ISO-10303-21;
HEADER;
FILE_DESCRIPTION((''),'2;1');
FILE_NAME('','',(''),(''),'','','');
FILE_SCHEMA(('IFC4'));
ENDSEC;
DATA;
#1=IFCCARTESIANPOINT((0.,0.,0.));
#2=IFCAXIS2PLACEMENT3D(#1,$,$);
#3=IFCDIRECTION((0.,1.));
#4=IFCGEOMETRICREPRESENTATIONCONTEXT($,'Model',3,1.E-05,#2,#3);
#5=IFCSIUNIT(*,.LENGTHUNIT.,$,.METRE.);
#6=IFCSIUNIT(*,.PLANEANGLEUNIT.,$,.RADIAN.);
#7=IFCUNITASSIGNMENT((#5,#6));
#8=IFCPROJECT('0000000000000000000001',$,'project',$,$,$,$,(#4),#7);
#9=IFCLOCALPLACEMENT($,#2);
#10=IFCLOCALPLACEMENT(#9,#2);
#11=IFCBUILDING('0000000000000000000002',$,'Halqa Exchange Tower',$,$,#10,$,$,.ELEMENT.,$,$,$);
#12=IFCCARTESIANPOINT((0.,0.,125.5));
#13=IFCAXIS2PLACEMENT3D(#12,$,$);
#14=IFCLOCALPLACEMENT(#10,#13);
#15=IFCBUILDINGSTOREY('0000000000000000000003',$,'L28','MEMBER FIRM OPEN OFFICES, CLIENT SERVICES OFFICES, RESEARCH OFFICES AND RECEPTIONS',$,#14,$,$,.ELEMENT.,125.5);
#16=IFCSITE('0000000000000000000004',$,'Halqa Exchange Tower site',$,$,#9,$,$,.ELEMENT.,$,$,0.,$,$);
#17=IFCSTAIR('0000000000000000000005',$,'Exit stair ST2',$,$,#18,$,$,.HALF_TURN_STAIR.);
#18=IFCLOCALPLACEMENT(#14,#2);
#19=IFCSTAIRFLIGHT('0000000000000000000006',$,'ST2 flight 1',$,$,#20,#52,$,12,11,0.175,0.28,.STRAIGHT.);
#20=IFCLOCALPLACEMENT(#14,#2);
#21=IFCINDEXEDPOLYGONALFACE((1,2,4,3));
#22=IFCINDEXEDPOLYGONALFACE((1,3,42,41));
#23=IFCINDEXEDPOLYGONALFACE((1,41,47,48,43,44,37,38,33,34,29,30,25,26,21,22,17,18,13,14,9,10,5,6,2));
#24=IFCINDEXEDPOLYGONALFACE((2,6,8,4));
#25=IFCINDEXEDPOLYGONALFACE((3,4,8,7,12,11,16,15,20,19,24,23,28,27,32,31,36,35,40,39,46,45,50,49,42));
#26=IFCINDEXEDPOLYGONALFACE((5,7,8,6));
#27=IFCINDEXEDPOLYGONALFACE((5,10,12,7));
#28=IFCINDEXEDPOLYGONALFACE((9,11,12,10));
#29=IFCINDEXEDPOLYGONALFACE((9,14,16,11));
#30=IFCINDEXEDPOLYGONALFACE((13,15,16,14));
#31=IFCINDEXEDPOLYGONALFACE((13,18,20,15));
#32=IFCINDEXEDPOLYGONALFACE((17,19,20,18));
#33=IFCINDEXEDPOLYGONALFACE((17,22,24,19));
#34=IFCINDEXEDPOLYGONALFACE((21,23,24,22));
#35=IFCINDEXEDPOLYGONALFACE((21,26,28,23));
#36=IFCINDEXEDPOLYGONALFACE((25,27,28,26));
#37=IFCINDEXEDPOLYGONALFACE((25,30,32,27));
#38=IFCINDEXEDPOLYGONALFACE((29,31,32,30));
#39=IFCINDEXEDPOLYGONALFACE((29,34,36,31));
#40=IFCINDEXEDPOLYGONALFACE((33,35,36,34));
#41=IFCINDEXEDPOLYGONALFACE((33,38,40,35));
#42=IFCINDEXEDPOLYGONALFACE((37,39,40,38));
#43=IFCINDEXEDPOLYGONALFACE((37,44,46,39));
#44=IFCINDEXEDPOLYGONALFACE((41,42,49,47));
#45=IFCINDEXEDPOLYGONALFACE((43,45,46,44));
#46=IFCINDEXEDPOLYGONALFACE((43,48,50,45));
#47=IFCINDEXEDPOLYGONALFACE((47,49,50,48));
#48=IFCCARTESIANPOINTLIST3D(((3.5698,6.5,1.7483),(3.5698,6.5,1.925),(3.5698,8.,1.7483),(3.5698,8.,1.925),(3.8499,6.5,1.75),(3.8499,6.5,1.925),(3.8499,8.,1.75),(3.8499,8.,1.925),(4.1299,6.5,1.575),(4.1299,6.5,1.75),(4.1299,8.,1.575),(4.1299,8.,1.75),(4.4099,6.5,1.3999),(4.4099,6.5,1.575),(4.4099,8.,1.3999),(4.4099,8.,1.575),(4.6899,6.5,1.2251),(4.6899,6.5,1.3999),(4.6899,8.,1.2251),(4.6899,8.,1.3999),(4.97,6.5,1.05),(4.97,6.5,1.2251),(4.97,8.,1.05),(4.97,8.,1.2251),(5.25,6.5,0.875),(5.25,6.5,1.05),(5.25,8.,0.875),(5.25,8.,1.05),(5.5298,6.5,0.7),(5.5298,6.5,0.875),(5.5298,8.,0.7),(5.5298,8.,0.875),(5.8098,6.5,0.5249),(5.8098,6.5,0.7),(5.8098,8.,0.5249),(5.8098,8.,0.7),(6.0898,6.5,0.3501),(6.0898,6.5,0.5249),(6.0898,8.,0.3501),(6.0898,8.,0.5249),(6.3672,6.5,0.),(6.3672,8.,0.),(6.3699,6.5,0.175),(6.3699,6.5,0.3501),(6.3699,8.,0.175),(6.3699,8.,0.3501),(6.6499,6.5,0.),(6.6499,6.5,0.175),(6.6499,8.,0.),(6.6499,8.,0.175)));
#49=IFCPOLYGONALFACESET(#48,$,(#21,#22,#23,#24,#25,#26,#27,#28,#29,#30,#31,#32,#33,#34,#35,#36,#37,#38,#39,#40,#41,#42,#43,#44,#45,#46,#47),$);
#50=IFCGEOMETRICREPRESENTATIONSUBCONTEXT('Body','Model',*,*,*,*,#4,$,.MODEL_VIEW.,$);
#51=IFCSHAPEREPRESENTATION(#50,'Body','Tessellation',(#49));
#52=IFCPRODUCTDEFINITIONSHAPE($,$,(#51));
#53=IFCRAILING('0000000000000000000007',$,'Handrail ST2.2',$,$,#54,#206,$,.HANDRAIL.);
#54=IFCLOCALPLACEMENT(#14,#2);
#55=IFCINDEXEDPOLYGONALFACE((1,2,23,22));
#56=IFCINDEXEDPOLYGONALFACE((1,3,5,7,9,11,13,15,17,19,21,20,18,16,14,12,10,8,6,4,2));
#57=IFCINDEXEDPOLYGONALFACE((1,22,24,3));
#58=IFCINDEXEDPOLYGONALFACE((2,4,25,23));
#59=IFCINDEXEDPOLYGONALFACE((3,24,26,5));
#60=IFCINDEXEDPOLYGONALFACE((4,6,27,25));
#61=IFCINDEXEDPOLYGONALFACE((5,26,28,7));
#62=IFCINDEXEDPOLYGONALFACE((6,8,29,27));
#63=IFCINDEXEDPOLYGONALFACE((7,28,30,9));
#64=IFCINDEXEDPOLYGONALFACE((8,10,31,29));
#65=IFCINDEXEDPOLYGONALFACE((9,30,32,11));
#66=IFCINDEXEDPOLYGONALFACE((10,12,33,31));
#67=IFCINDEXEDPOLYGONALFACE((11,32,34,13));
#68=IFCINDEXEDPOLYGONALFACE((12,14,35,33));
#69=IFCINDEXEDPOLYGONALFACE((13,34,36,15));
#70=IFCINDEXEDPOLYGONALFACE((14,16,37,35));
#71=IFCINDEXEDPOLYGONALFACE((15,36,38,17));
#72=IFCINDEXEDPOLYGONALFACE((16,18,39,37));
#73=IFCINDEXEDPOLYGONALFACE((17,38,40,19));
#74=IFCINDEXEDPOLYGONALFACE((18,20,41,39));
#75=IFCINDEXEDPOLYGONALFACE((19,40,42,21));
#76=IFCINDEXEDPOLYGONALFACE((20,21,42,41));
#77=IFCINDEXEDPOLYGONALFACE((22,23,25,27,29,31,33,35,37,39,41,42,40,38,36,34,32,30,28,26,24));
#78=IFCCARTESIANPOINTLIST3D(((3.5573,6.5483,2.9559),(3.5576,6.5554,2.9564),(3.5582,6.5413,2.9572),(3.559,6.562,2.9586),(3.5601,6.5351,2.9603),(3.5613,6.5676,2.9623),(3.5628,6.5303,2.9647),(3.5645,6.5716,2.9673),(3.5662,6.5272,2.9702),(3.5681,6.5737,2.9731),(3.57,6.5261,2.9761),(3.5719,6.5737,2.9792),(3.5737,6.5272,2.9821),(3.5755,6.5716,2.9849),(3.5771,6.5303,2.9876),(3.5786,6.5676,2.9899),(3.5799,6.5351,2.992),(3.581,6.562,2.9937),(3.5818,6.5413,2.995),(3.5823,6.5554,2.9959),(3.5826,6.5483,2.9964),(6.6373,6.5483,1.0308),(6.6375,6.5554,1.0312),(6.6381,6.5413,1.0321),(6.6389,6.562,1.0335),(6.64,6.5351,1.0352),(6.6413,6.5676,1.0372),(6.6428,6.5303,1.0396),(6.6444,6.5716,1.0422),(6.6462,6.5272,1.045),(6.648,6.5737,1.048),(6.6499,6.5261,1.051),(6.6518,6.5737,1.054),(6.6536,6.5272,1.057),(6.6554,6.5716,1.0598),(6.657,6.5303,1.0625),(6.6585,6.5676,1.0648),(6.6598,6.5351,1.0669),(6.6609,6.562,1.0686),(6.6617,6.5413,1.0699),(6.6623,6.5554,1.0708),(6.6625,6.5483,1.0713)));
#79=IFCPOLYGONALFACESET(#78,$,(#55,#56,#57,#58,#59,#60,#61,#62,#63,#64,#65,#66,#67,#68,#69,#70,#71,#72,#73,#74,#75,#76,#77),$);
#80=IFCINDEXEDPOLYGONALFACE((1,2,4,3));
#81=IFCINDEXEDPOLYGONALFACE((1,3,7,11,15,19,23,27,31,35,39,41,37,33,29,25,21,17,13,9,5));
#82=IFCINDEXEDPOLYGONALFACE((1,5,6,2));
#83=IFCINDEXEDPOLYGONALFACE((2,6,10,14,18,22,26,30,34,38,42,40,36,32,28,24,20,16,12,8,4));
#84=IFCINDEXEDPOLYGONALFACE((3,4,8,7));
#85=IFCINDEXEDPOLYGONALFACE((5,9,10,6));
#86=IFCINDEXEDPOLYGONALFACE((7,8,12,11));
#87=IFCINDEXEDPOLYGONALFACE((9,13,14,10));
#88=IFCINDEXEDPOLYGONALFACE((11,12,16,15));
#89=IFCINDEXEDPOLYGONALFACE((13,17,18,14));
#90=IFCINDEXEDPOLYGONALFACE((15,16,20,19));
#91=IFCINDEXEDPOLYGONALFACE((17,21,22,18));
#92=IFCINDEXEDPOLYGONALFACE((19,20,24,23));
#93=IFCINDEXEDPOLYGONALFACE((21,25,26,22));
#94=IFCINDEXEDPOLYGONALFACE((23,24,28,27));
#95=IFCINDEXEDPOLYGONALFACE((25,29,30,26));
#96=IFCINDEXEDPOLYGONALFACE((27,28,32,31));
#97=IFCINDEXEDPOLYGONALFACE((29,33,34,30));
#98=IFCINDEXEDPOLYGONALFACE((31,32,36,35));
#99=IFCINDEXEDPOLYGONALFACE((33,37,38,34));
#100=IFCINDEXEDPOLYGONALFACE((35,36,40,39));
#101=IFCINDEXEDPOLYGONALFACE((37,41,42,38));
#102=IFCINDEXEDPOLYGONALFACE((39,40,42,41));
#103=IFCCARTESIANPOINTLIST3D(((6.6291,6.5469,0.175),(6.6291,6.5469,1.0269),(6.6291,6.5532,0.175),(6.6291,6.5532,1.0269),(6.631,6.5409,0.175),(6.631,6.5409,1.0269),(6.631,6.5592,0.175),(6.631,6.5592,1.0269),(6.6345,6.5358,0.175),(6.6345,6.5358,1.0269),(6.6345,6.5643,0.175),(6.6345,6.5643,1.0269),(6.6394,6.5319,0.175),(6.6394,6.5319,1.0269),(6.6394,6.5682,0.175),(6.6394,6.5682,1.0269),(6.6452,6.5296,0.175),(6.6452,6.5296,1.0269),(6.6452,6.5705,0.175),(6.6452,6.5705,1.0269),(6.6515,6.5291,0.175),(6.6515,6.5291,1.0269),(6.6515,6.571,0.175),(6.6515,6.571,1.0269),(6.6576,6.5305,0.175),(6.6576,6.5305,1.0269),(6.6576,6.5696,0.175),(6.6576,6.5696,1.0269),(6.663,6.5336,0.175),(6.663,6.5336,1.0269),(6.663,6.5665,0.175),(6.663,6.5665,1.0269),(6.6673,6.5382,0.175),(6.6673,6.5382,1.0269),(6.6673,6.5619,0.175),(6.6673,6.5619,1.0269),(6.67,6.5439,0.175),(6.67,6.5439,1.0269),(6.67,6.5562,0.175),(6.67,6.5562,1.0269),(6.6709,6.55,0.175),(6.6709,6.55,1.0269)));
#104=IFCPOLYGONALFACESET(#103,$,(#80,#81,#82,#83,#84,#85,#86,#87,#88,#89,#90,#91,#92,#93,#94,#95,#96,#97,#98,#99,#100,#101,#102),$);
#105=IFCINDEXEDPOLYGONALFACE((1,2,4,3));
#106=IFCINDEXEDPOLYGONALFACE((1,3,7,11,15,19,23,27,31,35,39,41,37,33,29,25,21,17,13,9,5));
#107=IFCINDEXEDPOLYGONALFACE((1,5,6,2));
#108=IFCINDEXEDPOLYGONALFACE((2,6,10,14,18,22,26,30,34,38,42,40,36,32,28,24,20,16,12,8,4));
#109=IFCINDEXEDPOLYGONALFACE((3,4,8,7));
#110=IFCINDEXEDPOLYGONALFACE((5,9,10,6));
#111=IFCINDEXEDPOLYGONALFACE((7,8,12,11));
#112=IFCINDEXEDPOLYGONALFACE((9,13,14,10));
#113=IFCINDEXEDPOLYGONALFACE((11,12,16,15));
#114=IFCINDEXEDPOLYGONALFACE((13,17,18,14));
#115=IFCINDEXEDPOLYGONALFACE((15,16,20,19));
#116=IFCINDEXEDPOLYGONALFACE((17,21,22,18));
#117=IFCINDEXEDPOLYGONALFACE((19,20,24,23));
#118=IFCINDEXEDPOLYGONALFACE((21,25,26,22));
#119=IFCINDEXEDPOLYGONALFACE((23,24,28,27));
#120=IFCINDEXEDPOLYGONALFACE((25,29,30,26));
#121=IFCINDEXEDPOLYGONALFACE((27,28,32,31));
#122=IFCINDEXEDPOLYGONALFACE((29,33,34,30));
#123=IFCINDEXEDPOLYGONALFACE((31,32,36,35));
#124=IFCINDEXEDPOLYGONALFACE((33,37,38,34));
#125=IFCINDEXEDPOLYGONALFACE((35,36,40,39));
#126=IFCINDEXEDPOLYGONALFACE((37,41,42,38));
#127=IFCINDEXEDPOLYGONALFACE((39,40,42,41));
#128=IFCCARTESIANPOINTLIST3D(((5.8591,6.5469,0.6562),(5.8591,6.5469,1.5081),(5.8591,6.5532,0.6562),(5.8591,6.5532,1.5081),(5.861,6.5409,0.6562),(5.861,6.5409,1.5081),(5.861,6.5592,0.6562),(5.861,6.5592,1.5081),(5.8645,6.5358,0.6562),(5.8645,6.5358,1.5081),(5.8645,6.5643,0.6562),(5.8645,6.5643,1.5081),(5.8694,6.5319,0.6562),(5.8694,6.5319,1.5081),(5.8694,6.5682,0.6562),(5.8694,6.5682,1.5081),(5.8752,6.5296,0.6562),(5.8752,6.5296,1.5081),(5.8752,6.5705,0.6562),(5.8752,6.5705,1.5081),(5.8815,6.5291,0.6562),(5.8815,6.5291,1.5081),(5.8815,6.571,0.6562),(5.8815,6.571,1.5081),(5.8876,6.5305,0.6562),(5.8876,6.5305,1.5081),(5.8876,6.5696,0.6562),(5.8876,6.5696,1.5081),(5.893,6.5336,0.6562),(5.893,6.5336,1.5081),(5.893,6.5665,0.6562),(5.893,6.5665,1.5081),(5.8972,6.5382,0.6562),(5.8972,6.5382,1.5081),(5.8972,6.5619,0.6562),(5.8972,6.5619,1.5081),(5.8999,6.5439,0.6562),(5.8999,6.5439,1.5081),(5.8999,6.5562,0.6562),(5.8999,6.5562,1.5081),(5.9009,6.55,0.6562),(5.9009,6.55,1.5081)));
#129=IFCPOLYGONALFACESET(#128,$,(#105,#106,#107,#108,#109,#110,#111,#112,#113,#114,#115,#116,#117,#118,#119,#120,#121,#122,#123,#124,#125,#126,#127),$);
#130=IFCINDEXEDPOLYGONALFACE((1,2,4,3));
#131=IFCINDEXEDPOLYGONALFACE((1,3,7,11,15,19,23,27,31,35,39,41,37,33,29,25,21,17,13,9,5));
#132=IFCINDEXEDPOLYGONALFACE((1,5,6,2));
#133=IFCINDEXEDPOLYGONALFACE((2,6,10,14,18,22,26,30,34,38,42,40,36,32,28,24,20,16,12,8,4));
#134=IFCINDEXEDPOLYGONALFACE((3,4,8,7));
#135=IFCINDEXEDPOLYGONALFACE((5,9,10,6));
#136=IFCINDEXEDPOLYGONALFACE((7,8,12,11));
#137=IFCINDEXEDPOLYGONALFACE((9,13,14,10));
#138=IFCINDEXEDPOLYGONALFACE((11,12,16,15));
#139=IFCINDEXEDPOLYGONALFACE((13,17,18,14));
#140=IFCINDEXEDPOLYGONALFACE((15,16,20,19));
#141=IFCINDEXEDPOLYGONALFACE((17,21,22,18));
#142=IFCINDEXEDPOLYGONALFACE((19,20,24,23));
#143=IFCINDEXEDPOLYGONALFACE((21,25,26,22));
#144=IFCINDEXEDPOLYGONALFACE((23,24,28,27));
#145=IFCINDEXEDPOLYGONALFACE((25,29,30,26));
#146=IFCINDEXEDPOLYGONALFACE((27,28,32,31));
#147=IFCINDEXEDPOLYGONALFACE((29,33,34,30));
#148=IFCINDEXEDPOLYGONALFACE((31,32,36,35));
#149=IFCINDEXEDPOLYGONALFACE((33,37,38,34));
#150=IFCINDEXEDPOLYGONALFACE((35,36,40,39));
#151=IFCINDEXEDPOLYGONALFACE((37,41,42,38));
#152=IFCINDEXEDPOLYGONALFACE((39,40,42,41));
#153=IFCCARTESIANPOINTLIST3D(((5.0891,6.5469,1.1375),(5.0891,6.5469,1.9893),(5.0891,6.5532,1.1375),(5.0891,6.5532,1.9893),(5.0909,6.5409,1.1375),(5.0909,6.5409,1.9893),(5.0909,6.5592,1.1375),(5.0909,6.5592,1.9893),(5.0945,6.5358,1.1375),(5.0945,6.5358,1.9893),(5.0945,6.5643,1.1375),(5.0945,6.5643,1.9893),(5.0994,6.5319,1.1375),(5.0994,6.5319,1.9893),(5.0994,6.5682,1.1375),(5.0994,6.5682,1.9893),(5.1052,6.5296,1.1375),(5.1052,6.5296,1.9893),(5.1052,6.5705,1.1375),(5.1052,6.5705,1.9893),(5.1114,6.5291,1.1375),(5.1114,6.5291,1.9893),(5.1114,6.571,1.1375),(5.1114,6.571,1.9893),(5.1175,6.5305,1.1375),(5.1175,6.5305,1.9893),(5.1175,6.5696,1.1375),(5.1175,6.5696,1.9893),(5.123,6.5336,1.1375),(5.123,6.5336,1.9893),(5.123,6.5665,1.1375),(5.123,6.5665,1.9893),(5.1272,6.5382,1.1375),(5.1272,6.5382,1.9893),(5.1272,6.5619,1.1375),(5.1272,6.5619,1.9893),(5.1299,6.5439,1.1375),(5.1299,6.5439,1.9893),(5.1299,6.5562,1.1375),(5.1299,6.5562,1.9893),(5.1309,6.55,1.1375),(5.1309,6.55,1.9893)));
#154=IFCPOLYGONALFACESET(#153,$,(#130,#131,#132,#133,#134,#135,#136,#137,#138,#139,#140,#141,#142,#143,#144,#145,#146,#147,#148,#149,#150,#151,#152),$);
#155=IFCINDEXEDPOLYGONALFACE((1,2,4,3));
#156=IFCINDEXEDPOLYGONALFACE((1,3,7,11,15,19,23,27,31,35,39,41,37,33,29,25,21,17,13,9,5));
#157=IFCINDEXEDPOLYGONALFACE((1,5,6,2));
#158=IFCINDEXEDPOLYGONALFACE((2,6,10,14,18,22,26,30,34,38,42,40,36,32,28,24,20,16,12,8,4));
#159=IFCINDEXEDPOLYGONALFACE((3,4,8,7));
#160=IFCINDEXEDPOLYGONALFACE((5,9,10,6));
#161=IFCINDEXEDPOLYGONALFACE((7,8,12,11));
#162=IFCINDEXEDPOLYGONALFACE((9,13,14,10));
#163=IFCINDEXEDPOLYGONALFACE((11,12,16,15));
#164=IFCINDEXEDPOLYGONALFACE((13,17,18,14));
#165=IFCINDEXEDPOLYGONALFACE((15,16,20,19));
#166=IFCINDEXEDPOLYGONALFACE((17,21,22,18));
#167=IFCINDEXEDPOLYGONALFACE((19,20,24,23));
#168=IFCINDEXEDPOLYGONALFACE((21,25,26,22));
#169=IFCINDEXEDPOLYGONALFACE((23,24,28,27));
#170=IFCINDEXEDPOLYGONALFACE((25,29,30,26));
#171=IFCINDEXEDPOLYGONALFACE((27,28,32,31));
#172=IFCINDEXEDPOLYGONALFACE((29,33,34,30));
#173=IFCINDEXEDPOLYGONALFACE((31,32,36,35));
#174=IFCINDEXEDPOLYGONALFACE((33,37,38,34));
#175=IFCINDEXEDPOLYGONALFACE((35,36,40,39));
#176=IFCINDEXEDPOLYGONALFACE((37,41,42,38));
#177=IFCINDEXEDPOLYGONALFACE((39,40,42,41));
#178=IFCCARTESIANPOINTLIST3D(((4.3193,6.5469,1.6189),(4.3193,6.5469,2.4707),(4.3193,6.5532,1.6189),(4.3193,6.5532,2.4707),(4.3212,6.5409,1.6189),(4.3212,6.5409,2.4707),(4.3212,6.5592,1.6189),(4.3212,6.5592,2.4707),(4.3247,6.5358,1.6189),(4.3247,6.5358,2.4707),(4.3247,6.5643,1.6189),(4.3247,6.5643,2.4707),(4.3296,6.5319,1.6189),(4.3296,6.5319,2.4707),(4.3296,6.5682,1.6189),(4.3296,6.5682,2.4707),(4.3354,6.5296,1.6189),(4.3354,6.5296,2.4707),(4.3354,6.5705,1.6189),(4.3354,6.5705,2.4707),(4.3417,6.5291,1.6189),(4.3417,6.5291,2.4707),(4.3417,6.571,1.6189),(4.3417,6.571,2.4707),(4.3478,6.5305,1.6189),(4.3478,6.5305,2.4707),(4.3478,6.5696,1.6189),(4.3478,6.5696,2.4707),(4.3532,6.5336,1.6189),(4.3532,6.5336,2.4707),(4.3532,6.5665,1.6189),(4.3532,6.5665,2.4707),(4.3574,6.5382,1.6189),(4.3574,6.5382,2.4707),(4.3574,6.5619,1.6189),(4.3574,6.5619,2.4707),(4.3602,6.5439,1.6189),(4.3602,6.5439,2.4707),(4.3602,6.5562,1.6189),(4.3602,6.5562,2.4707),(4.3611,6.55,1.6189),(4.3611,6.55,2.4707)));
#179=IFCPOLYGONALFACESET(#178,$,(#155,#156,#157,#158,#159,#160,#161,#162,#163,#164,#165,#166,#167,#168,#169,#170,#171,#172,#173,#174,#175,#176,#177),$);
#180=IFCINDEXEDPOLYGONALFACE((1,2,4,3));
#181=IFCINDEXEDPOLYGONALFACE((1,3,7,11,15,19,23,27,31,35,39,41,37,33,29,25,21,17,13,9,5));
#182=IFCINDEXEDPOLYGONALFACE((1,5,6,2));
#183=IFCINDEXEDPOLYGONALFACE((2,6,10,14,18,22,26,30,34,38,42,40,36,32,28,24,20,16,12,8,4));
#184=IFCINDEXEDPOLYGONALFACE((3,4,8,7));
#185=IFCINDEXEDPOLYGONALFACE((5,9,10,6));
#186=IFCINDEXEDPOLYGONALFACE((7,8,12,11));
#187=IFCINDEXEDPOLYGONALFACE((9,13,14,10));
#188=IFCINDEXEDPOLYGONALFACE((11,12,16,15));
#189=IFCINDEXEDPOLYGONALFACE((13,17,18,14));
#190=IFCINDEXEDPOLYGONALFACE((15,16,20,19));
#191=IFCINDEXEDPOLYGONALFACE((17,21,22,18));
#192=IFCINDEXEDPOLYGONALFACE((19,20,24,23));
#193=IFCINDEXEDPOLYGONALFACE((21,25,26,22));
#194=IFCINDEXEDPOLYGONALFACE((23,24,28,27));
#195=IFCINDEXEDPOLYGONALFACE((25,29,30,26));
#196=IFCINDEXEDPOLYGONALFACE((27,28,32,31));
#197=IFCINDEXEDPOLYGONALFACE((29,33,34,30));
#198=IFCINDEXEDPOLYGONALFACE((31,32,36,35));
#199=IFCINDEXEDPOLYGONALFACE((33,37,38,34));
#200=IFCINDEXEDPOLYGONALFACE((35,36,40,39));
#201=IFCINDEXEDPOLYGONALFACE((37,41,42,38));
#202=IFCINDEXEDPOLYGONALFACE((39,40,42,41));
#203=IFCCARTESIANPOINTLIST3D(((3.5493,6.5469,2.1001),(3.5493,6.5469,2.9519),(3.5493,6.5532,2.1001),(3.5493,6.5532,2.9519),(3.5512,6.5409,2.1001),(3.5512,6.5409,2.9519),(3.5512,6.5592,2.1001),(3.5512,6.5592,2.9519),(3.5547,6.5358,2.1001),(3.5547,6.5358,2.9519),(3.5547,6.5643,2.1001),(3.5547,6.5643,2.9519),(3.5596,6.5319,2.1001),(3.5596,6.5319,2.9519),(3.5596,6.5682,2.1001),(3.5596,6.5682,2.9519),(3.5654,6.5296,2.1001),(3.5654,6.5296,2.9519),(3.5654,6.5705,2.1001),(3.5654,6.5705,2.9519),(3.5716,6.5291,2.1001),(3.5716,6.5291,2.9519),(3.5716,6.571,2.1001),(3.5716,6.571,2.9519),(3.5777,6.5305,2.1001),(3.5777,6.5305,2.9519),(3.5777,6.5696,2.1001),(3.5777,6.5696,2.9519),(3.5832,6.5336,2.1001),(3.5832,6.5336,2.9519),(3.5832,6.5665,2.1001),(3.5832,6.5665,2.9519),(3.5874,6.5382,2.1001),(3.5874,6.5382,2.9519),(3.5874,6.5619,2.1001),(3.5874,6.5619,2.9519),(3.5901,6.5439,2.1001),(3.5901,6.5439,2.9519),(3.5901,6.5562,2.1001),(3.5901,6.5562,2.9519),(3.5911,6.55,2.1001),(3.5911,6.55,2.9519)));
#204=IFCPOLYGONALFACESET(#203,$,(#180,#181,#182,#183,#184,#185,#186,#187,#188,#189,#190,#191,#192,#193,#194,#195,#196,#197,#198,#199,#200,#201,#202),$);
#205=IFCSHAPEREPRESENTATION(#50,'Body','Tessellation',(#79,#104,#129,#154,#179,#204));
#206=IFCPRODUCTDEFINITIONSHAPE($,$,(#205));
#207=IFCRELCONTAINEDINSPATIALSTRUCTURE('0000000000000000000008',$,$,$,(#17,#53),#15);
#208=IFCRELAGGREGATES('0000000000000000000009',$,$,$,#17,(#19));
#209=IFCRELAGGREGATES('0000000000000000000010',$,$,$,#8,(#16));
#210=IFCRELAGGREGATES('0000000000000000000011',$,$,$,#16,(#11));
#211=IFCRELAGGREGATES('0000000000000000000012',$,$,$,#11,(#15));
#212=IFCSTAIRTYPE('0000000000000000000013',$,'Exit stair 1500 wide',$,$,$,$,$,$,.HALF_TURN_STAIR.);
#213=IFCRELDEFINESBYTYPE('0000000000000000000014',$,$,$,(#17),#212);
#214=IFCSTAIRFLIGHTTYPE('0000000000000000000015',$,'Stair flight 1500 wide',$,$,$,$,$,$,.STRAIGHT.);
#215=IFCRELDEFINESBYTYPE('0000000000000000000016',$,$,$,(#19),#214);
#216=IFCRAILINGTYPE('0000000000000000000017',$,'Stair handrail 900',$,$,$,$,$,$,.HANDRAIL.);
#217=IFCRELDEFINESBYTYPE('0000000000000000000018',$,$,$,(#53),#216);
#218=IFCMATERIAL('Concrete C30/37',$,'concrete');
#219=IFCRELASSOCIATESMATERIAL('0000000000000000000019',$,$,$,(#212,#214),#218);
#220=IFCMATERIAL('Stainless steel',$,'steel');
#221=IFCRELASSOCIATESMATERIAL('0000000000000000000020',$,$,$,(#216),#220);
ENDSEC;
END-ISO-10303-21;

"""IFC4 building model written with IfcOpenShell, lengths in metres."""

from ifc_helpers import new_model, si_unit, direction, frame, origin, origin_2d, place, context, subcontext, project, spatial, polyline, circle, outline, extrude, material, type_object, element, aggregate, save


model = new_model("IFC4")

# Units and contexts
model_context = context("Model", 3, precision=1e-05, world=origin(), true_north=direction((0.0, 1.0)))
body_context = subcontext(model_context, "Body", "Model", "MODEL_VIEW")
ifc_project = project(units=[si_unit("LENGTHUNIT", "METRE"), si_unit("PLANEANGLEUNIT", "RADIAN")], contexts=[model_context])

# Site, building, storey
site_placement = place(None, origin())
site = spatial("IfcSite", under=ifc_project, at=site_placement, Name="Halqa Exchange Tower site", CompositionType="ELEMENT", RefElevation=0.0)
building_placement = place(site_placement, origin())
building = spatial("IfcBuilding", under=site, at=building_placement, Name="Halqa Exchange Tower", CompositionType="ELEMENT")
storey_placement = place(building_placement, frame((0.0, 0.0, 125.5)))
storey = spatial("IfcBuildingStorey", under=building, at=storey_placement, Name="L28", Description="MEMBER FIRM OPEN OFFICES, CLIENT SERVICES OFFICES, RESEARCH OFFICES AND RECEPTIONS", CompositionType="ELEMENT", Elevation=125.5)

# Stair
ifc_material_1 = material(Name="Concrete C30/37", Category="concrete")
stair_type = type_object("IfcStairType", Name="Exit stair 1500 wide", PredefinedType="HALF_TURN_STAIR", material=ifc_material_1)
stair_1_placement = place(storey_placement, origin())
stair_1 = element("IfcStair", 1, at=stair_1_placement, inside=storey, type_object=stair_type, Name="Exit stair ST2", PredefinedType="HALF_TURN_STAIR")

# Stair flight
stair_flight_type = type_object("IfcStairFlightType", Name="Stair flight 1500 wide", PredefinedType="STRAIGHT", material=ifc_material_1)
stair_flight_placement = place(storey_placement, frame((6.6499, 7.25, 0.0), z_axis=(0.0, 0.0, 1.0), x_axis=(-1.0, 0.0, 0.0)))
stair_flight = element("IfcStairFlight", 2, at=stair_flight_placement, type_object=stair_flight_type, Name="ST2 flight 1", NumberOfRisers=12, NumberOfTreads=11, PredefinedType="STRAIGHT", RiserHeight=0.175, TreadLength=0.28, context=body_context, shape_type="SweptSolid", body=[
    extrude(outline(polyline([(0.0, 0.0), (0.0, 0.175), (0.28, 0.175), (0.28, 0.3501), (0.5601, 0.3501), (0.5601, 0.5249), (0.8401, 0.5249), (0.8401, 0.7), (1.1201, 0.7), (1.1201, 0.875), (1.3999, 0.875), (1.3999, 1.05), (1.6799, 1.05), (1.6799, 1.2251), (1.96, 1.2251), (1.96, 1.3999), (2.24, 1.3999), (2.24, 1.575), (2.52, 1.575), (2.52, 1.75), (2.8, 1.75), (2.8, 1.925), (3.0801, 1.925), (3.0801, 2.1001), (3.0801, 1.7483), (0.2827, 0.0), (0.0, 0.0)])), frame((0.0, 0.75, 0.0), z_axis=(0.0, -1.0, 0.0), x_axis=(1.0, 0.0, 0.0)), (0.0, 0.0, 1.0), 1.5),
])
aggregate(stair_1, [stair_flight])

# Railing
ifc_material_2 = material(Name="Stainless steel", Category="steel")
railing_type_1 = type_object("IfcRailingType", Name="Stair handrail 900", PredefinedType="HANDRAIL", material=ifc_material_2)
railing_1_placement = place(storey_placement, frame((6.6499, 6.55, 0.175)))
element("IfcRailing", 3, at=railing_1_placement, inside=storey, type_object=railing_type_1, Name="Handrail ST2.2", PredefinedType="HANDRAIL", context=body_context, shape_type="SweptSolid", body=[
    extrude(circle(Radius=0.0239, at=origin_2d()), frame((0.0, 0.0, 0.876), z_axis=(-0.847979, 0.0, 0.530029), x_axis=(0.0, -1.0, 0.0)), (0.0, 0.0, 1.0), 3.6321),
    extrude(circle(Radius=0.021, at=origin_2d()), origin(), (0.0, 0.0, 1.0), 0.8518),
    extrude(circle(Radius=0.021, at=origin_2d()), frame((-0.77, 0.0, 0.4812)), (0.0, 0.0, 1.0), 0.8518),
    extrude(circle(Radius=0.021, at=origin_2d()), frame((-1.54, 0.0, 0.9624)), (0.0, 0.0, 1.0), 0.8518),
    extrude(circle(Radius=0.021, at=origin_2d()), frame((-2.3098, 0.0, 1.4438)), (0.0, 0.0, 1.0), 0.8518),
    extrude(circle(Radius=0.021, at=origin_2d()), frame((-3.0798, 0.0, 1.925)), (0.0, 0.0, 1.0), 0.8518),
])

save(model, "model.ifc")
